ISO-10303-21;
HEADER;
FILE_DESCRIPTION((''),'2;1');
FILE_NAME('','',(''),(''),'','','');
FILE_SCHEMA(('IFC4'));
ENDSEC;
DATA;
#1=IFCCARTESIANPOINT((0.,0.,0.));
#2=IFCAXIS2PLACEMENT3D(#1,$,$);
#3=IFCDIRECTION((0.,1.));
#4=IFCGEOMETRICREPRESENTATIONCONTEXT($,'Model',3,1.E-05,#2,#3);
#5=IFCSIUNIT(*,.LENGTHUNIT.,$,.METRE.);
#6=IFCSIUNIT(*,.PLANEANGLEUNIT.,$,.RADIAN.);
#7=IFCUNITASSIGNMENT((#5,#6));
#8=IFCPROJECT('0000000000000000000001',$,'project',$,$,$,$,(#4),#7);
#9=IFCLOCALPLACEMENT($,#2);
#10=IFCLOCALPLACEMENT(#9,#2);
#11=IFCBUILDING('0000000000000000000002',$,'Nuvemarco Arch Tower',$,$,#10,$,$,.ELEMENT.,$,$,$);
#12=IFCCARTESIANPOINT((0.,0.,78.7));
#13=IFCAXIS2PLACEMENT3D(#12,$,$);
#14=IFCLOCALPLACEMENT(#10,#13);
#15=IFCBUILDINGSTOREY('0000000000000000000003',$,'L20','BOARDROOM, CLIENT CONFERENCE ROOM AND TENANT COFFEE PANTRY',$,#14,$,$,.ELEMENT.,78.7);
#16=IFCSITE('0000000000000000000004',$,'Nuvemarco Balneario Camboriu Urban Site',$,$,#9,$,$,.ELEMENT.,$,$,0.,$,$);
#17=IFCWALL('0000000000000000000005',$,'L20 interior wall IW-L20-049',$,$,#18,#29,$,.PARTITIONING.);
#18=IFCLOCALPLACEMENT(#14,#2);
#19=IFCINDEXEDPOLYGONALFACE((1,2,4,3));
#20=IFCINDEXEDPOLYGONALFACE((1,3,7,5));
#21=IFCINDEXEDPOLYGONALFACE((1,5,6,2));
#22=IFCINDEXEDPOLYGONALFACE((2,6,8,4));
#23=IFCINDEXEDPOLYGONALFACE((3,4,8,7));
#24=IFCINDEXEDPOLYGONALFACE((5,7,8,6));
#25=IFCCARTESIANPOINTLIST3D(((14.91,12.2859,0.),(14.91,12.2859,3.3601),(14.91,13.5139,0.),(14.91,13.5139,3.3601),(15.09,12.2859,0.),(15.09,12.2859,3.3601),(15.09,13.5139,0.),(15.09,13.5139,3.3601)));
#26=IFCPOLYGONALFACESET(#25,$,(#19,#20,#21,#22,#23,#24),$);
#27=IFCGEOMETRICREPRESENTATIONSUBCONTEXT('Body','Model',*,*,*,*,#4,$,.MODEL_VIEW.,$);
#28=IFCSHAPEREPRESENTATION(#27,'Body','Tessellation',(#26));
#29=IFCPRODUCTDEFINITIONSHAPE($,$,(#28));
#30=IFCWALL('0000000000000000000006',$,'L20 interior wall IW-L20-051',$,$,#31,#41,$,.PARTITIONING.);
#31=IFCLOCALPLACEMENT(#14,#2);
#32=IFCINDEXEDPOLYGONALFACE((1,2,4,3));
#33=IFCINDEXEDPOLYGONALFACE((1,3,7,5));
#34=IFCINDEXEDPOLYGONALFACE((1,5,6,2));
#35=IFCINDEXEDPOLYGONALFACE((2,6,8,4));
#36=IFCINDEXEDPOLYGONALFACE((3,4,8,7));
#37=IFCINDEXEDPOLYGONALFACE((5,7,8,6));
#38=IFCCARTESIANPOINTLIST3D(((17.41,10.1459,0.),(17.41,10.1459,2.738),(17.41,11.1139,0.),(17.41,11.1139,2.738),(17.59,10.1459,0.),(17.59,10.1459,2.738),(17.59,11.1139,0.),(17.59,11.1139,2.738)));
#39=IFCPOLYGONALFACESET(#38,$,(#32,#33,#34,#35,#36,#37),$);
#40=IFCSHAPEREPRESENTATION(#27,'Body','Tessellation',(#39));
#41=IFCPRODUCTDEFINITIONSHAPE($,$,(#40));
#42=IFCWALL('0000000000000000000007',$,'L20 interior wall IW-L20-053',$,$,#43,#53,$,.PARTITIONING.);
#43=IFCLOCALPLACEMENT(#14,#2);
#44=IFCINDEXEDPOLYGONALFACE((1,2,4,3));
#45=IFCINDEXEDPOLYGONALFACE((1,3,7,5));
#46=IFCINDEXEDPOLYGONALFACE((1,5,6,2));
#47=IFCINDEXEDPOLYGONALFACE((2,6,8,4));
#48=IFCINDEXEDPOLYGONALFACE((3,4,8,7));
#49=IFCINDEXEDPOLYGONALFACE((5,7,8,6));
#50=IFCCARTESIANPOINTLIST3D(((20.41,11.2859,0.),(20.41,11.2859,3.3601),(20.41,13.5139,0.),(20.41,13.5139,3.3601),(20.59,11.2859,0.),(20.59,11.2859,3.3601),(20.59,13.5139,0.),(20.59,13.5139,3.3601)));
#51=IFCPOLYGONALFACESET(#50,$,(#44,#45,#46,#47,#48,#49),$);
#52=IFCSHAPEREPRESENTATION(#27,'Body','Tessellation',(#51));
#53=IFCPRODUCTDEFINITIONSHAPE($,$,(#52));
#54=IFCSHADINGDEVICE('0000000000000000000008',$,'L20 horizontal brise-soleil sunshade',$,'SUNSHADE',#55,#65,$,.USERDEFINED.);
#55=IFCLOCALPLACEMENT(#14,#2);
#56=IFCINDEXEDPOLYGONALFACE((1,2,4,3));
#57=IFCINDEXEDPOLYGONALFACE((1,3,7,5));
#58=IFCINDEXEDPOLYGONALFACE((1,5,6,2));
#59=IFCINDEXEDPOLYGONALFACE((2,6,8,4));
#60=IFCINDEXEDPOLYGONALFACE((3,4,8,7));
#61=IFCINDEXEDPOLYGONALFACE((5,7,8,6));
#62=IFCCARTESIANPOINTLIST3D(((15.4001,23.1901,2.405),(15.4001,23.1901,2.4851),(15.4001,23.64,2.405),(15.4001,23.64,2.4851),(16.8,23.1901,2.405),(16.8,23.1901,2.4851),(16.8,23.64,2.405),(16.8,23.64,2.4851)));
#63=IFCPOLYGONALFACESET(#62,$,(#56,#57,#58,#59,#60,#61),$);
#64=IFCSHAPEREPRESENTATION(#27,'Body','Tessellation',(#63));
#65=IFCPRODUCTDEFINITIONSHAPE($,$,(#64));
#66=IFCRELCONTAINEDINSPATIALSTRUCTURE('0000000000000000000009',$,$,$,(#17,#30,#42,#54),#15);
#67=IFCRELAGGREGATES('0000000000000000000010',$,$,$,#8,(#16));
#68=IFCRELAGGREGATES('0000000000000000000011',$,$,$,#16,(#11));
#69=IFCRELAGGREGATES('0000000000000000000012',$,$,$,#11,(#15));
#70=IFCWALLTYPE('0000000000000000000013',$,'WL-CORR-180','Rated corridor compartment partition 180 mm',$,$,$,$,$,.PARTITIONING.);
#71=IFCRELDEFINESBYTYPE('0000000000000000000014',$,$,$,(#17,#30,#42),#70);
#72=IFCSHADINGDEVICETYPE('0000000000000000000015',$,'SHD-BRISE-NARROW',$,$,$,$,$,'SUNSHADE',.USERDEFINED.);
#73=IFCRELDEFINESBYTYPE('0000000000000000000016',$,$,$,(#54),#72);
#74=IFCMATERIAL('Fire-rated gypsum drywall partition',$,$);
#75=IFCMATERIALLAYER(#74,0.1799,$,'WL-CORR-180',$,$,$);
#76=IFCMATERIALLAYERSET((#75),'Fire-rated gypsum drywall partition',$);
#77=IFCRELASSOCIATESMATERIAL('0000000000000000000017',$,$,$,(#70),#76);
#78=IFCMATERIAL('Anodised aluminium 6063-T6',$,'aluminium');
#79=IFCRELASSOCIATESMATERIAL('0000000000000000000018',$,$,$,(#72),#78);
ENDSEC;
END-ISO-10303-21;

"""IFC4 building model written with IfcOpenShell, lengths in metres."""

from ifc_helpers import new_model, si_unit, direction, frame, frame_2d, origin, origin_2d, place, context, subcontext, project, spatial, rectangle, extrude, source, transform, mapped, material, layer, layer_set, type_object, type_shapes, element, save


model = new_model("IFC4")

# Units and contexts
model_context = context("Model", 3, precision=1e-05, world=origin(), true_north=direction((0.0, 1.0)))
body_context = subcontext(model_context, "Body", "Model", "MODEL_VIEW")
ifc_project = project(units=[si_unit("LENGTHUNIT", "METRE"), si_unit("PLANEANGLEUNIT", "RADIAN")], contexts=[model_context])

# Site, building, storey
site_placement = place(None, origin())
site = spatial("IfcSite", under=ifc_project, at=site_placement, Name="Nuvemarco Balneario Camboriu Urban Site", CompositionType="ELEMENT", RefElevation=0.0)
building_placement = place(site_placement, origin())
building = spatial("IfcBuilding", under=site, at=building_placement, Name="Nuvemarco Arch Tower", CompositionType="ELEMENT")
storey_placement = place(building_placement, frame((0.0, 0.0, 78.7)))
storey = spatial("IfcBuildingStorey", under=building, at=storey_placement, Name="L20", Description="BOARDROOM, CLIENT CONFERENCE ROOM AND TENANT COFFEE PANTRY", CompositionType="ELEMENT", Elevation=78.7)

# Shared definitions
ifc_material_1 = material(Name="Fire-rated gypsum drywall partition")
ifc_layer_1 = layer(ifc_material_1, 0.1799, Name="WL-CORR-180")
ifc_layer_set_1 = layer_set([ifc_layer_1], Name="Fire-rated gypsum drywall partition")
wall_type_1 = type_object("IfcWallType", Name="WL-CORR-180", Description="Rated corridor compartment partition 180 mm", PredefinedType="PARTITIONING", material=ifc_layer_set_1)

# Walls
wall_1_placement = place(storey_placement, frame((15.0, 12.2859, 0.0), z_axis=(0.0, 0.0, 1.0), x_axis=(0.0, 1.0, 0.0)))
element("IfcWall", 1, at=wall_1_placement, inside=storey, type_object=wall_type_1, Name="L20 interior wall IW-L20-049", PredefinedType="PARTITIONING", context=body_context, shape_type="SweptSolid", body=[
    extrude(rectangle(XDim=1.228, YDim=0.1799, at=frame_2d((0.614, 0.0))), origin(), (0.0, 0.0, 1.0), 3.3601),
])
wall_2_placement = place(storey_placement, frame((17.5, 10.146, 0.0), z_axis=(0.0, 0.0, 1.0), x_axis=(0.0, 1.0, 0.0)))
element("IfcWall", 2, at=wall_2_placement, inside=storey, type_object=wall_type_1, Name="L20 interior wall IW-L20-051", PredefinedType="PARTITIONING", context=body_context, shape_type="SweptSolid", body=[
    extrude(rectangle(XDim=0.968, YDim=0.1799, at=frame_2d((0.4839, 0.0))), origin(), (0.0, 0.0, 1.0), 2.738),
])
wall_3_placement = place(storey_placement, frame((20.5, 11.2859, 0.0), z_axis=(0.0, 0.0, 1.0), x_axis=(0.0, 1.0, 0.0)))
element("IfcWall", 3, at=wall_3_placement, inside=storey, type_object=wall_type_1, Name="L20 interior wall IW-L20-053", PredefinedType="PARTITIONING", context=body_context, shape_type="SweptSolid", body=[
    extrude(rectangle(XDim=2.228, YDim=0.1799, at=frame_2d((1.114, 0.0))), origin(), (0.0, 0.0, 1.0), 3.3601),
])

# Shading device
ifc_material_2 = material(Name="Anodised aluminium 6063-T6", Category="aluminium")
shading_device_type = type_object("IfcShadingDeviceType", Name="SHD-BRISE-NARROW", ElementType="SUNSHADE", PredefinedType="USERDEFINED", material=ifc_material_2)
shared_shape_1 = source(origin(), body_context, "Body", "SweptSolid", [
    extrude(rectangle(XDim=1.3999, YDim=0.45, at=origin_2d()), origin(), (0.0, 0.0, 1.0), 0.0801),
])
type_shapes(shading_device_type, [shared_shape_1])
shading_device_placement = place(storey_placement, frame((16.1001, 23.415, 2.405), z_axis=(0.0, 0.0, 1.0), x_axis=(1.0, 0.0, 0.0)))
element("IfcShadingDevice", 4, at=shading_device_placement, inside=storey, type_object=shading_device_type, Name="L20 horizontal brise-soleil sunshade", ObjectType="SUNSHADE", PredefinedType="USERDEFINED", context=body_context, shape_type="MappedRepresentation", body=[
    mapped(shared_shape_1, transform((0.0, 0.0, 0.0), scale=1.0)),
])

save(model, "model.ifc")
